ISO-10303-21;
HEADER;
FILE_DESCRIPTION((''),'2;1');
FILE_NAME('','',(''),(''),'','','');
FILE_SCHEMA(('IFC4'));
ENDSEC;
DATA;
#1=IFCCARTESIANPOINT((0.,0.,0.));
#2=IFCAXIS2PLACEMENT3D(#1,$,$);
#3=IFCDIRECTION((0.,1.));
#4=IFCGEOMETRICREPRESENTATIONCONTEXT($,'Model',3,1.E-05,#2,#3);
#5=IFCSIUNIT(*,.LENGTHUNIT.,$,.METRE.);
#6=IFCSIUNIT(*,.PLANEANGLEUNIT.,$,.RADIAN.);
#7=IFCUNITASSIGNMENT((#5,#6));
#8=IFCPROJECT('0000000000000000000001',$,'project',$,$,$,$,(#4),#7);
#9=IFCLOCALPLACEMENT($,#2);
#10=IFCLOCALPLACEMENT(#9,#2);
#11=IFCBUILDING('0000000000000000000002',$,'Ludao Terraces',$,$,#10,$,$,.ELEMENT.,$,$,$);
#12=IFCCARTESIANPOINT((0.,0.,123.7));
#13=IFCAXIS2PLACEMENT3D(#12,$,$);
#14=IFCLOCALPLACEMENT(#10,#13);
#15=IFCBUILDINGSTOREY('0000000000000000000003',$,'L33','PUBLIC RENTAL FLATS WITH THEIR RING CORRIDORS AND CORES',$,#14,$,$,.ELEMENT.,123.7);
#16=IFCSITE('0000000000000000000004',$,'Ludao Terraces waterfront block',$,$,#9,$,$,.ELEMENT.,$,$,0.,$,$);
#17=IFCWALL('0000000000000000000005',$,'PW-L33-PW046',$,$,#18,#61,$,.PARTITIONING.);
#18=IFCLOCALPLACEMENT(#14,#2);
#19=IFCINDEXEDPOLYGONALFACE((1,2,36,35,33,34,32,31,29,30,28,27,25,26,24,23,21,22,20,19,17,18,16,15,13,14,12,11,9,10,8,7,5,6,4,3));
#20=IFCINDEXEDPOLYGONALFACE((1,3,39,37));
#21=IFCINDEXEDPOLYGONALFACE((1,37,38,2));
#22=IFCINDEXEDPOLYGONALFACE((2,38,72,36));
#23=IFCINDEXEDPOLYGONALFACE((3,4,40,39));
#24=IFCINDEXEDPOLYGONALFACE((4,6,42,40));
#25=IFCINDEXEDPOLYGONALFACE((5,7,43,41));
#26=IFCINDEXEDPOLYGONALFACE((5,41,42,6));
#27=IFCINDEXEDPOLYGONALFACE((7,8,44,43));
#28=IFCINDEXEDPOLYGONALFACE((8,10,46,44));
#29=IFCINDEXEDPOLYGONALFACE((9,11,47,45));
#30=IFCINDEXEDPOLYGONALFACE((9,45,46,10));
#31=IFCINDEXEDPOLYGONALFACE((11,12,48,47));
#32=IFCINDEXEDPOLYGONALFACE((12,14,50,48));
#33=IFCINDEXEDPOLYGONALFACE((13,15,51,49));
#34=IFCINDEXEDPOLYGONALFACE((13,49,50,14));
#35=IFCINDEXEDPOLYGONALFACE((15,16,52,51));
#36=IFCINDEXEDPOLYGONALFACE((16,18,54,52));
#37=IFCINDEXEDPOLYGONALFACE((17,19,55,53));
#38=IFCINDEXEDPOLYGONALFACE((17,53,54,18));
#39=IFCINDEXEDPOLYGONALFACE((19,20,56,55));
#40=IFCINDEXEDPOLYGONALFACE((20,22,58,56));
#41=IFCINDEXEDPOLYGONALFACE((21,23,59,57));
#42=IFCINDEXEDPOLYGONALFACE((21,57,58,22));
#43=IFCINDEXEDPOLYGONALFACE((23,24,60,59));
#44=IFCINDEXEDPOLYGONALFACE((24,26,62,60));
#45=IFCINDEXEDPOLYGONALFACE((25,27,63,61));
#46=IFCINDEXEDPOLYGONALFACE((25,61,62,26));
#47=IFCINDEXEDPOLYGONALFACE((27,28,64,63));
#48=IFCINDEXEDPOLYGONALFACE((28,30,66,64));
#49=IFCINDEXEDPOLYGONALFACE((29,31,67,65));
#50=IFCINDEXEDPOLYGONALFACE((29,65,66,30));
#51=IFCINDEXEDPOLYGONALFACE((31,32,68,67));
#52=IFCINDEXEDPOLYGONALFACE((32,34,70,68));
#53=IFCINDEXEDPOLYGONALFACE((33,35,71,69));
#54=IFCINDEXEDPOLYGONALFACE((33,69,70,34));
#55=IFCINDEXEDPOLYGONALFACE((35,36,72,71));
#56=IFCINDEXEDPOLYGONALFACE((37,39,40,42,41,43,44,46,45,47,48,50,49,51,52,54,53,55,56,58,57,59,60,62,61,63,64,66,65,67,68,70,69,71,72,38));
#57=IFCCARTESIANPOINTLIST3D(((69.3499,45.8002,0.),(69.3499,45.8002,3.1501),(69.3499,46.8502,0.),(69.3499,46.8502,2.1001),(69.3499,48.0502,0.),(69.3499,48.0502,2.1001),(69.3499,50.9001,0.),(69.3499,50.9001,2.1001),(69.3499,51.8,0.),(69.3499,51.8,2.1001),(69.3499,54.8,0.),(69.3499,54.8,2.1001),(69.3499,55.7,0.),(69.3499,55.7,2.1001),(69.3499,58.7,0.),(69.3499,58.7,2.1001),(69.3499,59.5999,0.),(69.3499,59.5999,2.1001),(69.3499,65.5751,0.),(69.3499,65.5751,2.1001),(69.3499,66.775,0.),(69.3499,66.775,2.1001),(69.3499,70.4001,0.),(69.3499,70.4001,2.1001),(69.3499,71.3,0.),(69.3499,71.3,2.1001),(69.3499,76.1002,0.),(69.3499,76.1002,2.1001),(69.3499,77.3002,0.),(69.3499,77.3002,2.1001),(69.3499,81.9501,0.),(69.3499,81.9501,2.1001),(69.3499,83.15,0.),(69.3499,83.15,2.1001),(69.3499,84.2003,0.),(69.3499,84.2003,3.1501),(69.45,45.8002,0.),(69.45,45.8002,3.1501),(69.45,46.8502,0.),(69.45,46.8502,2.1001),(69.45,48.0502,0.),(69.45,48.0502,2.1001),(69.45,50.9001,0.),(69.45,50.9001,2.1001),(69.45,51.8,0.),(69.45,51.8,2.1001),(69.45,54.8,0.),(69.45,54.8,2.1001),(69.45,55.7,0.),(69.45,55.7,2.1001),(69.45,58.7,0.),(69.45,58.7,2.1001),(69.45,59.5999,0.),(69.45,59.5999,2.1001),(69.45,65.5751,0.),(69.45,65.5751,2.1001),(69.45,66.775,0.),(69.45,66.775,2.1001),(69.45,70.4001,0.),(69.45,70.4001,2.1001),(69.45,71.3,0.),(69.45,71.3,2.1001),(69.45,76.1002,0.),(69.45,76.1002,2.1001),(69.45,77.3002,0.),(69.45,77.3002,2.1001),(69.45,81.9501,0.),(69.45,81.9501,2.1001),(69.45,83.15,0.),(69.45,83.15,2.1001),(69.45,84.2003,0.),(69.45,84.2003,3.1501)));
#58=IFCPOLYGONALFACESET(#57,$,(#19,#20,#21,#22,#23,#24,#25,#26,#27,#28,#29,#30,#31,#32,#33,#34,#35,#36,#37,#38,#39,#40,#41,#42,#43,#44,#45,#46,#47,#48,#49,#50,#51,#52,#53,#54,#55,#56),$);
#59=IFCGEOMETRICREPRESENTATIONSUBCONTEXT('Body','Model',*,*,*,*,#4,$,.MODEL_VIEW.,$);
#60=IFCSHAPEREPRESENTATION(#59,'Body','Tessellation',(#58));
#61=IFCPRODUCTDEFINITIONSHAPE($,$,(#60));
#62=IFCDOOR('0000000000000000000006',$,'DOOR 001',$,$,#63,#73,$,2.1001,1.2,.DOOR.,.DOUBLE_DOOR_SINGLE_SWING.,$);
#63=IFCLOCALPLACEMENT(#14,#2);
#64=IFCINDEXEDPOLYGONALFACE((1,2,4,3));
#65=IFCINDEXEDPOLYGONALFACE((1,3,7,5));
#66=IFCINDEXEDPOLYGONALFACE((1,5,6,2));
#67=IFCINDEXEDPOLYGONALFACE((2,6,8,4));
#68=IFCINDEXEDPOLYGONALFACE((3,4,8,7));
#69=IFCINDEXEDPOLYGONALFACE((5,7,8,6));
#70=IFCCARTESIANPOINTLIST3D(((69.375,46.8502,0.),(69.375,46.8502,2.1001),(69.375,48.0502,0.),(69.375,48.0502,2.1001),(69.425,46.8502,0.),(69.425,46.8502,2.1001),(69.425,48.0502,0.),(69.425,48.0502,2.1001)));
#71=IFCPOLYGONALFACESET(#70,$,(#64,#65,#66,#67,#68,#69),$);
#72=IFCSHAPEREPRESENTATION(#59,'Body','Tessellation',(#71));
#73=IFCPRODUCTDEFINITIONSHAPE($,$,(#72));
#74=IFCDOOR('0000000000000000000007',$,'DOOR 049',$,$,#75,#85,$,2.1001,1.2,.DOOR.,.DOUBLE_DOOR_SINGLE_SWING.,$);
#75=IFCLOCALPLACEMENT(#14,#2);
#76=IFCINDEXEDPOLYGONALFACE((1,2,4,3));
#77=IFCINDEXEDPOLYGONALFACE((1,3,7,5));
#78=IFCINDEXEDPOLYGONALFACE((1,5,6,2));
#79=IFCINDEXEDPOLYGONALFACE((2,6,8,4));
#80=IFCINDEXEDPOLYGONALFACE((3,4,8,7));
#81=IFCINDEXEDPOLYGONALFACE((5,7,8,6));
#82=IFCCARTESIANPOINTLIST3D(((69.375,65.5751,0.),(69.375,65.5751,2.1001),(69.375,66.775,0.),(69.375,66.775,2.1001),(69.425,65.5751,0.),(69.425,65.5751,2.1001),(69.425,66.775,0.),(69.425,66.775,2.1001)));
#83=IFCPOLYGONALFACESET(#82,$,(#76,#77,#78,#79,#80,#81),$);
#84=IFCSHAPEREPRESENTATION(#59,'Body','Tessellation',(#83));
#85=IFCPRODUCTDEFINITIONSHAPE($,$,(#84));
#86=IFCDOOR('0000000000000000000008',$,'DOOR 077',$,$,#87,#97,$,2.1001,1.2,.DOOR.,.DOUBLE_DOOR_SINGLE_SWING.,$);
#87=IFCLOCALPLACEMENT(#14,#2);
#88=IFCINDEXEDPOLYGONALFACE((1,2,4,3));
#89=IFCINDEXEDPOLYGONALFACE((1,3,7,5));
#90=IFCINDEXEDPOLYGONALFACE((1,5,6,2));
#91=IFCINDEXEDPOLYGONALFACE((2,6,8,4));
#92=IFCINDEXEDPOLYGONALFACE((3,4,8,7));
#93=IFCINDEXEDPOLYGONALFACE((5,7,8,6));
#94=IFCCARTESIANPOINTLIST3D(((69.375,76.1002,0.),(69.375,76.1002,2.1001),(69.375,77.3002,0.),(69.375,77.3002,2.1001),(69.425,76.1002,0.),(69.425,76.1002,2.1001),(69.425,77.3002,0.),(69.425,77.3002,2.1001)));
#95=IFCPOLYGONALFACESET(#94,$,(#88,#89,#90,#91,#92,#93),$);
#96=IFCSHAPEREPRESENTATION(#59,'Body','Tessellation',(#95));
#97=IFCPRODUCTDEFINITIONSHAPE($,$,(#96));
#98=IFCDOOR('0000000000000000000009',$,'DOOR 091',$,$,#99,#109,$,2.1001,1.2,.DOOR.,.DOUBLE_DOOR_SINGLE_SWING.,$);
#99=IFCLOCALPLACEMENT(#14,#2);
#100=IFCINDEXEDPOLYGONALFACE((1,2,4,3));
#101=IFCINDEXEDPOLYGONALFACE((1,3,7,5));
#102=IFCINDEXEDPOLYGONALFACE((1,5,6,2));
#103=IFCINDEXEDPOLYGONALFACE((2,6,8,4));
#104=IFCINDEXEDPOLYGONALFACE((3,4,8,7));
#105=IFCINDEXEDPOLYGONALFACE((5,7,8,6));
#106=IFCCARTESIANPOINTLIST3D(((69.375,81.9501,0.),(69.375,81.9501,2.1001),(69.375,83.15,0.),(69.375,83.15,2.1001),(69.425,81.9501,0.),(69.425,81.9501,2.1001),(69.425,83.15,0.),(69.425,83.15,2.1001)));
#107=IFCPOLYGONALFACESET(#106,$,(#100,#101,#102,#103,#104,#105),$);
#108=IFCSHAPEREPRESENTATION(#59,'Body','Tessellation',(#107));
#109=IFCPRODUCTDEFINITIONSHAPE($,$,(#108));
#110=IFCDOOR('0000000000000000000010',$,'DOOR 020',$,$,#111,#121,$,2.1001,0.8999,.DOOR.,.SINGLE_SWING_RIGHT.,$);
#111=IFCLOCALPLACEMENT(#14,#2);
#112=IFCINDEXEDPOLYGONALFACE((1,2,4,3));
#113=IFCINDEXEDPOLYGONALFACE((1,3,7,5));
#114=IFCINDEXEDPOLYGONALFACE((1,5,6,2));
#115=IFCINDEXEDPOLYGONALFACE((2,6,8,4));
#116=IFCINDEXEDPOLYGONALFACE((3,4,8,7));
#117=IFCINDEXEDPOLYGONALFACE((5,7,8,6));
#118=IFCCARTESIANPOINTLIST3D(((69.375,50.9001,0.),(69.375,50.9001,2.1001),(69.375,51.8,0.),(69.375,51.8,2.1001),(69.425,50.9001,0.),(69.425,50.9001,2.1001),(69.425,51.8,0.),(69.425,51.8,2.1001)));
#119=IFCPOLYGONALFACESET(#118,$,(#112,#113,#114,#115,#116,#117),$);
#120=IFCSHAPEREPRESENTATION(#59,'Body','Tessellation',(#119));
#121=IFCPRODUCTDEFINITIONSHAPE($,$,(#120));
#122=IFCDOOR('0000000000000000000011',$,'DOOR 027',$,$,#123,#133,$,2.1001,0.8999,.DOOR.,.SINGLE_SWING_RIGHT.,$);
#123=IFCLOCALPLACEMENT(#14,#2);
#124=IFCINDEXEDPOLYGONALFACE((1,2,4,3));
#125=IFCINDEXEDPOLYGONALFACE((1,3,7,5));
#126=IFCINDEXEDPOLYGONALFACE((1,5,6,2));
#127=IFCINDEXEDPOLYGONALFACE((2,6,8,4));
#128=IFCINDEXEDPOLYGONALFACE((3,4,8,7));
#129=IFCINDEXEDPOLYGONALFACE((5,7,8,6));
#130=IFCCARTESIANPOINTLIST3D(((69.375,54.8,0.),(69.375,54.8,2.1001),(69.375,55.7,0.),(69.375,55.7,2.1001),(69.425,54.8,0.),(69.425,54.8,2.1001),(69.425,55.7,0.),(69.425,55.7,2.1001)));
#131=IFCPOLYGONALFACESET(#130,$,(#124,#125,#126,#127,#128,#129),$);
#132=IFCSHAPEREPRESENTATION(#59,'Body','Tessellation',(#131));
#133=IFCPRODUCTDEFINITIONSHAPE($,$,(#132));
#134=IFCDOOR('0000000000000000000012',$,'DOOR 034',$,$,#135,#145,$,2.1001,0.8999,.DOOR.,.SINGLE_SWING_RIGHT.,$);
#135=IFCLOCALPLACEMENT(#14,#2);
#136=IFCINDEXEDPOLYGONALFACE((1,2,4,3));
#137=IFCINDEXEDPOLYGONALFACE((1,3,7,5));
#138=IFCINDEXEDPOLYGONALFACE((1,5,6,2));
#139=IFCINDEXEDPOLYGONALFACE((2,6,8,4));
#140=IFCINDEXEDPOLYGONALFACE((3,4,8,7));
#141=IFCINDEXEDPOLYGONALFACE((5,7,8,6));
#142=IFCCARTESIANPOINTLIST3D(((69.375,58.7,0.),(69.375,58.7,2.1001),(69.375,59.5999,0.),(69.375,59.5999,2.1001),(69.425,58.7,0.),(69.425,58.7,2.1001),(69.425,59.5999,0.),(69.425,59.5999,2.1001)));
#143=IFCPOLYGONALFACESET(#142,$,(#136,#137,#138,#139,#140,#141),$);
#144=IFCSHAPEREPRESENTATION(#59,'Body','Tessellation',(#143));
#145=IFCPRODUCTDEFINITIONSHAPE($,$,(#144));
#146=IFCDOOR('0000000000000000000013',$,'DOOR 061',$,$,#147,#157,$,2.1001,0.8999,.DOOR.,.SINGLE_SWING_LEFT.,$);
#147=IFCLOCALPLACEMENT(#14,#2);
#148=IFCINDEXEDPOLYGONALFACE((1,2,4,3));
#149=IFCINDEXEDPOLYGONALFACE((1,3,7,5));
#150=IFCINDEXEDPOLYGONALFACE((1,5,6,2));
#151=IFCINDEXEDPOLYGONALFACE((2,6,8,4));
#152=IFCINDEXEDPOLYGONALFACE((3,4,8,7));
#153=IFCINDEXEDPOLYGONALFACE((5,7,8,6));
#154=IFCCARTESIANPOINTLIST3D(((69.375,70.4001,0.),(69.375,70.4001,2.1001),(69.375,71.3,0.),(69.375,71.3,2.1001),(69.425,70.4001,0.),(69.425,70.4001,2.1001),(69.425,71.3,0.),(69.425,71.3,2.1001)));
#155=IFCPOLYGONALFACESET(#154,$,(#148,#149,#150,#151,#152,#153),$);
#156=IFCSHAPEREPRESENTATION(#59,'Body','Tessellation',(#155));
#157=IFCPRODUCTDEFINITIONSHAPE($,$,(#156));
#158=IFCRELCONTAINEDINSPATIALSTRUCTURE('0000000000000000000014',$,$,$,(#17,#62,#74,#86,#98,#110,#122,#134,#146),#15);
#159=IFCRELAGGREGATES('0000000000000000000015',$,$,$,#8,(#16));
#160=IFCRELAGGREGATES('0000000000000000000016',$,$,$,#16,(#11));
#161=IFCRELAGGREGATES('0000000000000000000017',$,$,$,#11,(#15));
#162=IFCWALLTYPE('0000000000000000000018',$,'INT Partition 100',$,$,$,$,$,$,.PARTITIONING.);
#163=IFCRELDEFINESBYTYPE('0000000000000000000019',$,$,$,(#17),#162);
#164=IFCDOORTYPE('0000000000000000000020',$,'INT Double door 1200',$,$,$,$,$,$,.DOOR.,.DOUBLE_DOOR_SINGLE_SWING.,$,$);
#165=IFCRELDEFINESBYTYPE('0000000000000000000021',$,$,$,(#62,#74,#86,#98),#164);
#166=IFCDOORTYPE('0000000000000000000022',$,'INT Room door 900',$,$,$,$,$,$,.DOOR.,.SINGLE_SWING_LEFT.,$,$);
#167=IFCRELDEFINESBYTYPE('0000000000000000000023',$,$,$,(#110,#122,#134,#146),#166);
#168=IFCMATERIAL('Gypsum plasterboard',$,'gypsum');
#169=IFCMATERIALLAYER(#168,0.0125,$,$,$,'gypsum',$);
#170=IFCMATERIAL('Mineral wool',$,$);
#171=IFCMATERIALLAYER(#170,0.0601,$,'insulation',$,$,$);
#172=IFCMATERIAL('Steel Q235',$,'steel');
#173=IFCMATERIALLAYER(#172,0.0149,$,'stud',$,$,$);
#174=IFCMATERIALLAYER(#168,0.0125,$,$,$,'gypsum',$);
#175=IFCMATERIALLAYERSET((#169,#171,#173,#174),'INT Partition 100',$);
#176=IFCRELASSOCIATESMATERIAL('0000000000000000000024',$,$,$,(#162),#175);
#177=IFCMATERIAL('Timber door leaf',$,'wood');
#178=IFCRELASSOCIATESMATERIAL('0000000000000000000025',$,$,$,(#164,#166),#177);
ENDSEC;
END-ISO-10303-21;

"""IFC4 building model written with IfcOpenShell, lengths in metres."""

from ifc_helpers import new_model, si_unit, direction, frame, frame_2d, origin, place, context, subcontext, project, spatial, rectangle, extrude, material, layer, layer_set, type_object, element, fill, save


model = new_model("IFC4")

# Units and contexts
model_context = context("Model", 3, precision=1e-05, world=origin(), true_north=direction((0.0, 1.0)))
body_context = subcontext(model_context, "Body", "Model", "MODEL_VIEW")
ifc_project = project(units=[si_unit("LENGTHUNIT", "METRE"), si_unit("PLANEANGLEUNIT", "RADIAN")], contexts=[model_context])

# Site, building, storey
site_placement = place(None, origin())
site = spatial("IfcSite", under=ifc_project, at=site_placement, Name="Ludao Terraces waterfront block", CompositionType="ELEMENT", RefElevation=0.0)
building_placement = place(site_placement, origin())
building = spatial("IfcBuilding", under=site, at=building_placement, Name="Ludao Terraces", CompositionType="ELEMENT")
storey_placement = place(building_placement, frame((0.0, 0.0, 123.7)))
storey = spatial("IfcBuildingStorey", under=building, at=storey_placement, Name="L33", Description="PUBLIC RENTAL FLATS WITH THEIR RING CORRIDORS AND CORES", CompositionType="ELEMENT", Elevation=123.7)

# Shared definitions
ifc_material_1 = material(Name="Mineral wool")

# Wall, openings, doors
ifc_material_2 = material(Name="Gypsum plasterboard", Category="gypsum")
ifc_layer_1 = layer(ifc_material_2, 0.0125, Category="gypsum")
ifc_layer_2 = layer(ifc_material_1, 0.0601, Name="insulation")
ifc_material_3 = material(Name="Steel Q235", Category="steel")
ifc_layer_3 = layer(ifc_material_3, 0.0149, Name="stud")
ifc_layer_4 = layer(ifc_material_2, 0.0125, Category="gypsum")
ifc_layer_set_1 = layer_set([ifc_layer_1, ifc_layer_2, ifc_layer_3, ifc_layer_4], Name="INT Partition 100")
wall_type_1 = type_object("IfcWallType", Name="INT Partition 100", PredefinedType="PARTITIONING", material=ifc_layer_set_1)
ifc_material_4 = material(Name="Timber door leaf", Category="wood")
wall_1_placement = place(storey_placement, frame((69.3999, 45.8, 0.0), z_axis=(0.0, 0.0, 1.0), x_axis=(0.0, 1.0, 0.0)))
wall_1 = element("IfcWall", 1, at=wall_1_placement, inside=storey, type_object=wall_type_1, Name="PW-L33-PW046", PredefinedType="PARTITIONING", context=body_context, shape_type="SweptSolid", body=[
    extrude(rectangle(XDim=38.4001, YDim=0.1001, at=frame_2d((19.2002, 0.0))), origin(), (0.0, 0.0, 1.0), 3.1501),
])
opening_1_placement = place(wall_1_placement, frame((1.05, 0.0, 0.0)))
opening_1 = element("IfcOpeningElement", 2, at=opening_1_placement, cuts=wall_1, PredefinedType="OPENING", context=body_context, shape_type="SweptSolid", body=[
    extrude(rectangle(XDim=1.2, YDim=2.1001, at=frame_2d((0.6001, 1.05))), frame((0.0, 0.0601, 0.0), z_axis=(0.0, -1.0, 0.0), x_axis=(1.0, 0.0, 0.0)), (0.0, 0.0, 1.0), 0.1201),
])
opening_2_placement = place(wall_1_placement, frame((5.1001, 0.0, 0.0)))
opening_2 = element("IfcOpeningElement", 3, at=opening_2_placement, cuts=wall_1, PredefinedType="OPENING", context=body_context, shape_type="SweptSolid", body=[
    extrude(rectangle(XDim=0.8999, YDim=2.1001, at=frame_2d((0.45, 1.05))), frame((0.0, 0.0601, 0.0), z_axis=(0.0, -1.0, 0.0), x_axis=(1.0, 0.0, 0.0)), (0.0, 0.0, 1.0), 0.1201),
])
opening_3_placement = place(wall_1_placement, frame((9.0, 0.0, 0.0)))
opening_3 = element("IfcOpeningElement", 4, at=opening_3_placement, cuts=wall_1, PredefinedType="OPENING", context=body_context, shape_type="SweptSolid", body=[
    extrude(rectangle(XDim=0.8999, YDim=2.1001, at=frame_2d((0.45, 1.05))), frame((0.0, 0.0601, 0.0), z_axis=(0.0, -1.0, 0.0), x_axis=(1.0, 0.0, 0.0)), (0.0, 0.0, 1.0), 0.1201),
])
opening_4_placement = place(wall_1_placement, frame((12.8999, 0.0, 0.0)))
opening_4 = element("IfcOpeningElement", 5, at=opening_4_placement, cuts=wall_1, PredefinedType="OPENING", context=body_context, shape_type="SweptSolid", body=[
    extrude(rectangle(XDim=0.8999, YDim=2.1001, at=frame_2d((0.45, 1.05))), frame((0.0, 0.0601, 0.0), z_axis=(0.0, -1.0, 0.0), x_axis=(1.0, 0.0, 0.0)), (0.0, 0.0, 1.0), 0.1201),
])
opening_5_placement = place(wall_1_placement, frame((19.7749, 0.0, 0.0)))
opening_5 = element("IfcOpeningElement", 6, at=opening_5_placement, cuts=wall_1, PredefinedType="OPENING", context=body_context, shape_type="SweptSolid", body=[
    extrude(rectangle(XDim=1.2, YDim=2.1001, at=frame_2d((0.6001, 1.05))), frame((0.0, 0.0601, 0.0), z_axis=(0.0, -1.0, 0.0), x_axis=(1.0, 0.0, 0.0)), (0.0, 0.0, 1.0), 0.1201),
])
opening_6_placement = place(wall_1_placement, frame((24.6001, 0.0, 0.0)))
opening_6 = element("IfcOpeningElement", 7, at=opening_6_placement, cuts=wall_1, PredefinedType="OPENING", context=body_context, shape_type="SweptSolid", body=[
    extrude(rectangle(XDim=0.8999, YDim=2.1001, at=frame_2d((0.45, 1.05))), frame((0.0, 0.0601, 0.0), z_axis=(0.0, -1.0, 0.0), x_axis=(1.0, 0.0, 0.0)), (0.0, 0.0, 1.0), 0.1201),
])
opening_7_placement = place(wall_1_placement, frame((30.3, 0.0, 0.0)))
opening_7 = element("IfcOpeningElement", 8, at=opening_7_placement, cuts=wall_1, PredefinedType="OPENING", context=body_context, shape_type="SweptSolid", body=[
    extrude(rectangle(XDim=1.2, YDim=2.1001, at=frame_2d((0.6001, 1.05))), frame((0.0, 0.0601, 0.0), z_axis=(0.0, -1.0, 0.0), x_axis=(1.0, 0.0, 0.0)), (0.0, 0.0, 1.0), 0.1201),
])
opening_8_placement = place(wall_1_placement, frame((36.1499, 0.0, 0.0)))
opening_8 = element("IfcOpeningElement", 9, at=opening_8_placement, cuts=wall_1, PredefinedType="OPENING", context=body_context, shape_type="SweptSolid", body=[
    extrude(rectangle(XDim=1.2, YDim=2.1001, at=frame_2d((0.6001, 1.05))), frame((0.0, 0.0601, 0.0), z_axis=(0.0, -1.0, 0.0), x_axis=(1.0, 0.0, 0.0)), (0.0, 0.0, 1.0), 0.1201),
])
door_type_1 = type_object("IfcDoorType", Name="INT Double door 1200", OperationType="DOUBLE_DOOR_SINGLE_SWING", PredefinedType="DOOR", material=ifc_material_4)
door_1_placement = place(opening_1_placement, origin())
door_1 = element("IfcDoor", 10, at=door_1_placement, inside=storey, type_object=door_type_1, Name="DOOR 001", OperationType="DOUBLE_DOOR_SINGLE_SWING", OverallHeight=2.1001, OverallWidth=1.2, PredefinedType="DOOR", context=body_context, shape_type="SweptSolid", body=[
    extrude(rectangle(XDim=1.2, YDim=2.1001, at=frame_2d((0.6001, 1.05))), frame((0.0, 0.0249, 0.0), z_axis=(0.0, -1.0, 0.0), x_axis=(1.0, 0.0, 0.0)), (0.0, 0.0, 1.0), 0.05),
])
fill(opening_1, door_1)
door_2_placement = place(opening_5_placement, origin())
door_2 = element("IfcDoor", 11, at=door_2_placement, inside=storey, type_object=door_type_1, Name="DOOR 049", OperationType="DOUBLE_DOOR_SINGLE_SWING", OverallHeight=2.1001, OverallWidth=1.2, PredefinedType="DOOR", context=body_context, shape_type="SweptSolid", body=[
    extrude(rectangle(XDim=1.2, YDim=2.1001, at=frame_2d((0.6001, 1.05))), frame((0.0, 0.0249, 0.0), z_axis=(0.0, -1.0, 0.0), x_axis=(1.0, 0.0, 0.0)), (0.0, 0.0, 1.0), 0.05),
])
fill(opening_5, door_2)
door_3_placement = place(opening_7_placement, origin())
door_3 = element("IfcDoor", 12, at=door_3_placement, inside=storey, type_object=door_type_1, Name="DOOR 077", OperationType="DOUBLE_DOOR_SINGLE_SWING", OverallHeight=2.1001, OverallWidth=1.2, PredefinedType="DOOR", context=body_context, shape_type="SweptSolid", body=[
    extrude(rectangle(XDim=1.2, YDim=2.1001, at=frame_2d((0.6001, 1.05))), frame((0.0, 0.0249, 0.0), z_axis=(0.0, -1.0, 0.0), x_axis=(1.0, 0.0, 0.0)), (0.0, 0.0, 1.0), 0.05),
])
fill(opening_7, door_3)
door_4_placement = place(opening_8_placement, origin())
door_4 = element("IfcDoor", 13, at=door_4_placement, inside=storey, type_object=door_type_1, Name="DOOR 091", OperationType="DOUBLE_DOOR_SINGLE_SWING", OverallHeight=2.1001, OverallWidth=1.2, PredefinedType="DOOR", context=body_context, shape_type="SweptSolid", body=[
    extrude(rectangle(XDim=1.2, YDim=2.1001, at=frame_2d((0.6001, 1.05))), frame((0.0, 0.0249, 0.0), z_axis=(0.0, -1.0, 0.0), x_axis=(1.0, 0.0, 0.0)), (0.0, 0.0, 1.0), 0.05),
])
fill(opening_8, door_4)
door_type_2 = type_object("IfcDoorType", Name="INT Room door 900", OperationType="SINGLE_SWING_LEFT", PredefinedType="DOOR", material=ifc_material_4)
door_5_placement = place(opening_2_placement, origin())
door_5 = element("IfcDoor", 14, at=door_5_placement, inside=storey, type_object=door_type_2, Name="DOOR 020", OperationType="SINGLE_SWING_RIGHT", OverallHeight=2.1001, OverallWidth=0.8999, PredefinedType="DOOR", context=body_context, shape_type="SweptSolid", body=[
    extrude(rectangle(XDim=0.8999, YDim=2.1001, at=frame_2d((0.45, 1.05))), frame((0.0, 0.0249, 0.0), z_axis=(0.0, -1.0, 0.0), x_axis=(1.0, 0.0, 0.0)), (0.0, 0.0, 1.0), 0.05),
])
fill(opening_2, door_5)
door_6_placement = place(opening_3_placement, origin())
door_6 = element("IfcDoor", 15, at=door_6_placement, inside=storey, type_object=door_type_2, Name="DOOR 027", OperationType="SINGLE_SWING_RIGHT", OverallHeight=2.1001, OverallWidth=0.8999, PredefinedType="DOOR", context=body_context, shape_type="SweptSolid", body=[
    extrude(rectangle(XDim=0.8999, YDim=2.1001, at=frame_2d((0.45, 1.05))), frame((0.0, 0.0249, 0.0), z_axis=(0.0, -1.0, 0.0), x_axis=(1.0, 0.0, 0.0)), (0.0, 0.0, 1.0), 0.05),
])
fill(opening_3, door_6)
door_7_placement = place(opening_4_placement, origin())
door_7 = element("IfcDoor", 16, at=door_7_placement, inside=storey, type_object=door_type_2, Name="DOOR 034", OperationType="SINGLE_SWING_RIGHT", OverallHeight=2.1001, OverallWidth=0.8999, PredefinedType="DOOR", context=body_context, shape_type="SweptSolid", body=[
    extrude(rectangle(XDim=0.8999, YDim=2.1001, at=frame_2d((0.45, 1.05))), frame((0.0, 0.0249, 0.0), z_axis=(0.0, -1.0, 0.0), x_axis=(1.0, 0.0, 0.0)), (0.0, 0.0, 1.0), 0.05),
])
fill(opening_4, door_7)
door_8_placement = place(opening_6_placement, origin())
door_8 = element("IfcDoor", 17, at=door_8_placement, inside=storey, type_object=door_type_2, Name="DOOR 061", OperationType="SINGLE_SWING_LEFT", OverallHeight=2.1001, OverallWidth=0.8999, PredefinedType="DOOR", context=body_context, shape_type="SweptSolid", body=[
    extrude(rectangle(XDim=0.8999, YDim=2.1001, at=frame_2d((0.45, 1.05))), frame((0.0, 0.0249, 0.0), z_axis=(0.0, -1.0, 0.0), x_axis=(1.0, 0.0, 0.0)), (0.0, 0.0, 1.0), 0.05),
])
fill(opening_6, door_8)

save(model, "model.ifc")
